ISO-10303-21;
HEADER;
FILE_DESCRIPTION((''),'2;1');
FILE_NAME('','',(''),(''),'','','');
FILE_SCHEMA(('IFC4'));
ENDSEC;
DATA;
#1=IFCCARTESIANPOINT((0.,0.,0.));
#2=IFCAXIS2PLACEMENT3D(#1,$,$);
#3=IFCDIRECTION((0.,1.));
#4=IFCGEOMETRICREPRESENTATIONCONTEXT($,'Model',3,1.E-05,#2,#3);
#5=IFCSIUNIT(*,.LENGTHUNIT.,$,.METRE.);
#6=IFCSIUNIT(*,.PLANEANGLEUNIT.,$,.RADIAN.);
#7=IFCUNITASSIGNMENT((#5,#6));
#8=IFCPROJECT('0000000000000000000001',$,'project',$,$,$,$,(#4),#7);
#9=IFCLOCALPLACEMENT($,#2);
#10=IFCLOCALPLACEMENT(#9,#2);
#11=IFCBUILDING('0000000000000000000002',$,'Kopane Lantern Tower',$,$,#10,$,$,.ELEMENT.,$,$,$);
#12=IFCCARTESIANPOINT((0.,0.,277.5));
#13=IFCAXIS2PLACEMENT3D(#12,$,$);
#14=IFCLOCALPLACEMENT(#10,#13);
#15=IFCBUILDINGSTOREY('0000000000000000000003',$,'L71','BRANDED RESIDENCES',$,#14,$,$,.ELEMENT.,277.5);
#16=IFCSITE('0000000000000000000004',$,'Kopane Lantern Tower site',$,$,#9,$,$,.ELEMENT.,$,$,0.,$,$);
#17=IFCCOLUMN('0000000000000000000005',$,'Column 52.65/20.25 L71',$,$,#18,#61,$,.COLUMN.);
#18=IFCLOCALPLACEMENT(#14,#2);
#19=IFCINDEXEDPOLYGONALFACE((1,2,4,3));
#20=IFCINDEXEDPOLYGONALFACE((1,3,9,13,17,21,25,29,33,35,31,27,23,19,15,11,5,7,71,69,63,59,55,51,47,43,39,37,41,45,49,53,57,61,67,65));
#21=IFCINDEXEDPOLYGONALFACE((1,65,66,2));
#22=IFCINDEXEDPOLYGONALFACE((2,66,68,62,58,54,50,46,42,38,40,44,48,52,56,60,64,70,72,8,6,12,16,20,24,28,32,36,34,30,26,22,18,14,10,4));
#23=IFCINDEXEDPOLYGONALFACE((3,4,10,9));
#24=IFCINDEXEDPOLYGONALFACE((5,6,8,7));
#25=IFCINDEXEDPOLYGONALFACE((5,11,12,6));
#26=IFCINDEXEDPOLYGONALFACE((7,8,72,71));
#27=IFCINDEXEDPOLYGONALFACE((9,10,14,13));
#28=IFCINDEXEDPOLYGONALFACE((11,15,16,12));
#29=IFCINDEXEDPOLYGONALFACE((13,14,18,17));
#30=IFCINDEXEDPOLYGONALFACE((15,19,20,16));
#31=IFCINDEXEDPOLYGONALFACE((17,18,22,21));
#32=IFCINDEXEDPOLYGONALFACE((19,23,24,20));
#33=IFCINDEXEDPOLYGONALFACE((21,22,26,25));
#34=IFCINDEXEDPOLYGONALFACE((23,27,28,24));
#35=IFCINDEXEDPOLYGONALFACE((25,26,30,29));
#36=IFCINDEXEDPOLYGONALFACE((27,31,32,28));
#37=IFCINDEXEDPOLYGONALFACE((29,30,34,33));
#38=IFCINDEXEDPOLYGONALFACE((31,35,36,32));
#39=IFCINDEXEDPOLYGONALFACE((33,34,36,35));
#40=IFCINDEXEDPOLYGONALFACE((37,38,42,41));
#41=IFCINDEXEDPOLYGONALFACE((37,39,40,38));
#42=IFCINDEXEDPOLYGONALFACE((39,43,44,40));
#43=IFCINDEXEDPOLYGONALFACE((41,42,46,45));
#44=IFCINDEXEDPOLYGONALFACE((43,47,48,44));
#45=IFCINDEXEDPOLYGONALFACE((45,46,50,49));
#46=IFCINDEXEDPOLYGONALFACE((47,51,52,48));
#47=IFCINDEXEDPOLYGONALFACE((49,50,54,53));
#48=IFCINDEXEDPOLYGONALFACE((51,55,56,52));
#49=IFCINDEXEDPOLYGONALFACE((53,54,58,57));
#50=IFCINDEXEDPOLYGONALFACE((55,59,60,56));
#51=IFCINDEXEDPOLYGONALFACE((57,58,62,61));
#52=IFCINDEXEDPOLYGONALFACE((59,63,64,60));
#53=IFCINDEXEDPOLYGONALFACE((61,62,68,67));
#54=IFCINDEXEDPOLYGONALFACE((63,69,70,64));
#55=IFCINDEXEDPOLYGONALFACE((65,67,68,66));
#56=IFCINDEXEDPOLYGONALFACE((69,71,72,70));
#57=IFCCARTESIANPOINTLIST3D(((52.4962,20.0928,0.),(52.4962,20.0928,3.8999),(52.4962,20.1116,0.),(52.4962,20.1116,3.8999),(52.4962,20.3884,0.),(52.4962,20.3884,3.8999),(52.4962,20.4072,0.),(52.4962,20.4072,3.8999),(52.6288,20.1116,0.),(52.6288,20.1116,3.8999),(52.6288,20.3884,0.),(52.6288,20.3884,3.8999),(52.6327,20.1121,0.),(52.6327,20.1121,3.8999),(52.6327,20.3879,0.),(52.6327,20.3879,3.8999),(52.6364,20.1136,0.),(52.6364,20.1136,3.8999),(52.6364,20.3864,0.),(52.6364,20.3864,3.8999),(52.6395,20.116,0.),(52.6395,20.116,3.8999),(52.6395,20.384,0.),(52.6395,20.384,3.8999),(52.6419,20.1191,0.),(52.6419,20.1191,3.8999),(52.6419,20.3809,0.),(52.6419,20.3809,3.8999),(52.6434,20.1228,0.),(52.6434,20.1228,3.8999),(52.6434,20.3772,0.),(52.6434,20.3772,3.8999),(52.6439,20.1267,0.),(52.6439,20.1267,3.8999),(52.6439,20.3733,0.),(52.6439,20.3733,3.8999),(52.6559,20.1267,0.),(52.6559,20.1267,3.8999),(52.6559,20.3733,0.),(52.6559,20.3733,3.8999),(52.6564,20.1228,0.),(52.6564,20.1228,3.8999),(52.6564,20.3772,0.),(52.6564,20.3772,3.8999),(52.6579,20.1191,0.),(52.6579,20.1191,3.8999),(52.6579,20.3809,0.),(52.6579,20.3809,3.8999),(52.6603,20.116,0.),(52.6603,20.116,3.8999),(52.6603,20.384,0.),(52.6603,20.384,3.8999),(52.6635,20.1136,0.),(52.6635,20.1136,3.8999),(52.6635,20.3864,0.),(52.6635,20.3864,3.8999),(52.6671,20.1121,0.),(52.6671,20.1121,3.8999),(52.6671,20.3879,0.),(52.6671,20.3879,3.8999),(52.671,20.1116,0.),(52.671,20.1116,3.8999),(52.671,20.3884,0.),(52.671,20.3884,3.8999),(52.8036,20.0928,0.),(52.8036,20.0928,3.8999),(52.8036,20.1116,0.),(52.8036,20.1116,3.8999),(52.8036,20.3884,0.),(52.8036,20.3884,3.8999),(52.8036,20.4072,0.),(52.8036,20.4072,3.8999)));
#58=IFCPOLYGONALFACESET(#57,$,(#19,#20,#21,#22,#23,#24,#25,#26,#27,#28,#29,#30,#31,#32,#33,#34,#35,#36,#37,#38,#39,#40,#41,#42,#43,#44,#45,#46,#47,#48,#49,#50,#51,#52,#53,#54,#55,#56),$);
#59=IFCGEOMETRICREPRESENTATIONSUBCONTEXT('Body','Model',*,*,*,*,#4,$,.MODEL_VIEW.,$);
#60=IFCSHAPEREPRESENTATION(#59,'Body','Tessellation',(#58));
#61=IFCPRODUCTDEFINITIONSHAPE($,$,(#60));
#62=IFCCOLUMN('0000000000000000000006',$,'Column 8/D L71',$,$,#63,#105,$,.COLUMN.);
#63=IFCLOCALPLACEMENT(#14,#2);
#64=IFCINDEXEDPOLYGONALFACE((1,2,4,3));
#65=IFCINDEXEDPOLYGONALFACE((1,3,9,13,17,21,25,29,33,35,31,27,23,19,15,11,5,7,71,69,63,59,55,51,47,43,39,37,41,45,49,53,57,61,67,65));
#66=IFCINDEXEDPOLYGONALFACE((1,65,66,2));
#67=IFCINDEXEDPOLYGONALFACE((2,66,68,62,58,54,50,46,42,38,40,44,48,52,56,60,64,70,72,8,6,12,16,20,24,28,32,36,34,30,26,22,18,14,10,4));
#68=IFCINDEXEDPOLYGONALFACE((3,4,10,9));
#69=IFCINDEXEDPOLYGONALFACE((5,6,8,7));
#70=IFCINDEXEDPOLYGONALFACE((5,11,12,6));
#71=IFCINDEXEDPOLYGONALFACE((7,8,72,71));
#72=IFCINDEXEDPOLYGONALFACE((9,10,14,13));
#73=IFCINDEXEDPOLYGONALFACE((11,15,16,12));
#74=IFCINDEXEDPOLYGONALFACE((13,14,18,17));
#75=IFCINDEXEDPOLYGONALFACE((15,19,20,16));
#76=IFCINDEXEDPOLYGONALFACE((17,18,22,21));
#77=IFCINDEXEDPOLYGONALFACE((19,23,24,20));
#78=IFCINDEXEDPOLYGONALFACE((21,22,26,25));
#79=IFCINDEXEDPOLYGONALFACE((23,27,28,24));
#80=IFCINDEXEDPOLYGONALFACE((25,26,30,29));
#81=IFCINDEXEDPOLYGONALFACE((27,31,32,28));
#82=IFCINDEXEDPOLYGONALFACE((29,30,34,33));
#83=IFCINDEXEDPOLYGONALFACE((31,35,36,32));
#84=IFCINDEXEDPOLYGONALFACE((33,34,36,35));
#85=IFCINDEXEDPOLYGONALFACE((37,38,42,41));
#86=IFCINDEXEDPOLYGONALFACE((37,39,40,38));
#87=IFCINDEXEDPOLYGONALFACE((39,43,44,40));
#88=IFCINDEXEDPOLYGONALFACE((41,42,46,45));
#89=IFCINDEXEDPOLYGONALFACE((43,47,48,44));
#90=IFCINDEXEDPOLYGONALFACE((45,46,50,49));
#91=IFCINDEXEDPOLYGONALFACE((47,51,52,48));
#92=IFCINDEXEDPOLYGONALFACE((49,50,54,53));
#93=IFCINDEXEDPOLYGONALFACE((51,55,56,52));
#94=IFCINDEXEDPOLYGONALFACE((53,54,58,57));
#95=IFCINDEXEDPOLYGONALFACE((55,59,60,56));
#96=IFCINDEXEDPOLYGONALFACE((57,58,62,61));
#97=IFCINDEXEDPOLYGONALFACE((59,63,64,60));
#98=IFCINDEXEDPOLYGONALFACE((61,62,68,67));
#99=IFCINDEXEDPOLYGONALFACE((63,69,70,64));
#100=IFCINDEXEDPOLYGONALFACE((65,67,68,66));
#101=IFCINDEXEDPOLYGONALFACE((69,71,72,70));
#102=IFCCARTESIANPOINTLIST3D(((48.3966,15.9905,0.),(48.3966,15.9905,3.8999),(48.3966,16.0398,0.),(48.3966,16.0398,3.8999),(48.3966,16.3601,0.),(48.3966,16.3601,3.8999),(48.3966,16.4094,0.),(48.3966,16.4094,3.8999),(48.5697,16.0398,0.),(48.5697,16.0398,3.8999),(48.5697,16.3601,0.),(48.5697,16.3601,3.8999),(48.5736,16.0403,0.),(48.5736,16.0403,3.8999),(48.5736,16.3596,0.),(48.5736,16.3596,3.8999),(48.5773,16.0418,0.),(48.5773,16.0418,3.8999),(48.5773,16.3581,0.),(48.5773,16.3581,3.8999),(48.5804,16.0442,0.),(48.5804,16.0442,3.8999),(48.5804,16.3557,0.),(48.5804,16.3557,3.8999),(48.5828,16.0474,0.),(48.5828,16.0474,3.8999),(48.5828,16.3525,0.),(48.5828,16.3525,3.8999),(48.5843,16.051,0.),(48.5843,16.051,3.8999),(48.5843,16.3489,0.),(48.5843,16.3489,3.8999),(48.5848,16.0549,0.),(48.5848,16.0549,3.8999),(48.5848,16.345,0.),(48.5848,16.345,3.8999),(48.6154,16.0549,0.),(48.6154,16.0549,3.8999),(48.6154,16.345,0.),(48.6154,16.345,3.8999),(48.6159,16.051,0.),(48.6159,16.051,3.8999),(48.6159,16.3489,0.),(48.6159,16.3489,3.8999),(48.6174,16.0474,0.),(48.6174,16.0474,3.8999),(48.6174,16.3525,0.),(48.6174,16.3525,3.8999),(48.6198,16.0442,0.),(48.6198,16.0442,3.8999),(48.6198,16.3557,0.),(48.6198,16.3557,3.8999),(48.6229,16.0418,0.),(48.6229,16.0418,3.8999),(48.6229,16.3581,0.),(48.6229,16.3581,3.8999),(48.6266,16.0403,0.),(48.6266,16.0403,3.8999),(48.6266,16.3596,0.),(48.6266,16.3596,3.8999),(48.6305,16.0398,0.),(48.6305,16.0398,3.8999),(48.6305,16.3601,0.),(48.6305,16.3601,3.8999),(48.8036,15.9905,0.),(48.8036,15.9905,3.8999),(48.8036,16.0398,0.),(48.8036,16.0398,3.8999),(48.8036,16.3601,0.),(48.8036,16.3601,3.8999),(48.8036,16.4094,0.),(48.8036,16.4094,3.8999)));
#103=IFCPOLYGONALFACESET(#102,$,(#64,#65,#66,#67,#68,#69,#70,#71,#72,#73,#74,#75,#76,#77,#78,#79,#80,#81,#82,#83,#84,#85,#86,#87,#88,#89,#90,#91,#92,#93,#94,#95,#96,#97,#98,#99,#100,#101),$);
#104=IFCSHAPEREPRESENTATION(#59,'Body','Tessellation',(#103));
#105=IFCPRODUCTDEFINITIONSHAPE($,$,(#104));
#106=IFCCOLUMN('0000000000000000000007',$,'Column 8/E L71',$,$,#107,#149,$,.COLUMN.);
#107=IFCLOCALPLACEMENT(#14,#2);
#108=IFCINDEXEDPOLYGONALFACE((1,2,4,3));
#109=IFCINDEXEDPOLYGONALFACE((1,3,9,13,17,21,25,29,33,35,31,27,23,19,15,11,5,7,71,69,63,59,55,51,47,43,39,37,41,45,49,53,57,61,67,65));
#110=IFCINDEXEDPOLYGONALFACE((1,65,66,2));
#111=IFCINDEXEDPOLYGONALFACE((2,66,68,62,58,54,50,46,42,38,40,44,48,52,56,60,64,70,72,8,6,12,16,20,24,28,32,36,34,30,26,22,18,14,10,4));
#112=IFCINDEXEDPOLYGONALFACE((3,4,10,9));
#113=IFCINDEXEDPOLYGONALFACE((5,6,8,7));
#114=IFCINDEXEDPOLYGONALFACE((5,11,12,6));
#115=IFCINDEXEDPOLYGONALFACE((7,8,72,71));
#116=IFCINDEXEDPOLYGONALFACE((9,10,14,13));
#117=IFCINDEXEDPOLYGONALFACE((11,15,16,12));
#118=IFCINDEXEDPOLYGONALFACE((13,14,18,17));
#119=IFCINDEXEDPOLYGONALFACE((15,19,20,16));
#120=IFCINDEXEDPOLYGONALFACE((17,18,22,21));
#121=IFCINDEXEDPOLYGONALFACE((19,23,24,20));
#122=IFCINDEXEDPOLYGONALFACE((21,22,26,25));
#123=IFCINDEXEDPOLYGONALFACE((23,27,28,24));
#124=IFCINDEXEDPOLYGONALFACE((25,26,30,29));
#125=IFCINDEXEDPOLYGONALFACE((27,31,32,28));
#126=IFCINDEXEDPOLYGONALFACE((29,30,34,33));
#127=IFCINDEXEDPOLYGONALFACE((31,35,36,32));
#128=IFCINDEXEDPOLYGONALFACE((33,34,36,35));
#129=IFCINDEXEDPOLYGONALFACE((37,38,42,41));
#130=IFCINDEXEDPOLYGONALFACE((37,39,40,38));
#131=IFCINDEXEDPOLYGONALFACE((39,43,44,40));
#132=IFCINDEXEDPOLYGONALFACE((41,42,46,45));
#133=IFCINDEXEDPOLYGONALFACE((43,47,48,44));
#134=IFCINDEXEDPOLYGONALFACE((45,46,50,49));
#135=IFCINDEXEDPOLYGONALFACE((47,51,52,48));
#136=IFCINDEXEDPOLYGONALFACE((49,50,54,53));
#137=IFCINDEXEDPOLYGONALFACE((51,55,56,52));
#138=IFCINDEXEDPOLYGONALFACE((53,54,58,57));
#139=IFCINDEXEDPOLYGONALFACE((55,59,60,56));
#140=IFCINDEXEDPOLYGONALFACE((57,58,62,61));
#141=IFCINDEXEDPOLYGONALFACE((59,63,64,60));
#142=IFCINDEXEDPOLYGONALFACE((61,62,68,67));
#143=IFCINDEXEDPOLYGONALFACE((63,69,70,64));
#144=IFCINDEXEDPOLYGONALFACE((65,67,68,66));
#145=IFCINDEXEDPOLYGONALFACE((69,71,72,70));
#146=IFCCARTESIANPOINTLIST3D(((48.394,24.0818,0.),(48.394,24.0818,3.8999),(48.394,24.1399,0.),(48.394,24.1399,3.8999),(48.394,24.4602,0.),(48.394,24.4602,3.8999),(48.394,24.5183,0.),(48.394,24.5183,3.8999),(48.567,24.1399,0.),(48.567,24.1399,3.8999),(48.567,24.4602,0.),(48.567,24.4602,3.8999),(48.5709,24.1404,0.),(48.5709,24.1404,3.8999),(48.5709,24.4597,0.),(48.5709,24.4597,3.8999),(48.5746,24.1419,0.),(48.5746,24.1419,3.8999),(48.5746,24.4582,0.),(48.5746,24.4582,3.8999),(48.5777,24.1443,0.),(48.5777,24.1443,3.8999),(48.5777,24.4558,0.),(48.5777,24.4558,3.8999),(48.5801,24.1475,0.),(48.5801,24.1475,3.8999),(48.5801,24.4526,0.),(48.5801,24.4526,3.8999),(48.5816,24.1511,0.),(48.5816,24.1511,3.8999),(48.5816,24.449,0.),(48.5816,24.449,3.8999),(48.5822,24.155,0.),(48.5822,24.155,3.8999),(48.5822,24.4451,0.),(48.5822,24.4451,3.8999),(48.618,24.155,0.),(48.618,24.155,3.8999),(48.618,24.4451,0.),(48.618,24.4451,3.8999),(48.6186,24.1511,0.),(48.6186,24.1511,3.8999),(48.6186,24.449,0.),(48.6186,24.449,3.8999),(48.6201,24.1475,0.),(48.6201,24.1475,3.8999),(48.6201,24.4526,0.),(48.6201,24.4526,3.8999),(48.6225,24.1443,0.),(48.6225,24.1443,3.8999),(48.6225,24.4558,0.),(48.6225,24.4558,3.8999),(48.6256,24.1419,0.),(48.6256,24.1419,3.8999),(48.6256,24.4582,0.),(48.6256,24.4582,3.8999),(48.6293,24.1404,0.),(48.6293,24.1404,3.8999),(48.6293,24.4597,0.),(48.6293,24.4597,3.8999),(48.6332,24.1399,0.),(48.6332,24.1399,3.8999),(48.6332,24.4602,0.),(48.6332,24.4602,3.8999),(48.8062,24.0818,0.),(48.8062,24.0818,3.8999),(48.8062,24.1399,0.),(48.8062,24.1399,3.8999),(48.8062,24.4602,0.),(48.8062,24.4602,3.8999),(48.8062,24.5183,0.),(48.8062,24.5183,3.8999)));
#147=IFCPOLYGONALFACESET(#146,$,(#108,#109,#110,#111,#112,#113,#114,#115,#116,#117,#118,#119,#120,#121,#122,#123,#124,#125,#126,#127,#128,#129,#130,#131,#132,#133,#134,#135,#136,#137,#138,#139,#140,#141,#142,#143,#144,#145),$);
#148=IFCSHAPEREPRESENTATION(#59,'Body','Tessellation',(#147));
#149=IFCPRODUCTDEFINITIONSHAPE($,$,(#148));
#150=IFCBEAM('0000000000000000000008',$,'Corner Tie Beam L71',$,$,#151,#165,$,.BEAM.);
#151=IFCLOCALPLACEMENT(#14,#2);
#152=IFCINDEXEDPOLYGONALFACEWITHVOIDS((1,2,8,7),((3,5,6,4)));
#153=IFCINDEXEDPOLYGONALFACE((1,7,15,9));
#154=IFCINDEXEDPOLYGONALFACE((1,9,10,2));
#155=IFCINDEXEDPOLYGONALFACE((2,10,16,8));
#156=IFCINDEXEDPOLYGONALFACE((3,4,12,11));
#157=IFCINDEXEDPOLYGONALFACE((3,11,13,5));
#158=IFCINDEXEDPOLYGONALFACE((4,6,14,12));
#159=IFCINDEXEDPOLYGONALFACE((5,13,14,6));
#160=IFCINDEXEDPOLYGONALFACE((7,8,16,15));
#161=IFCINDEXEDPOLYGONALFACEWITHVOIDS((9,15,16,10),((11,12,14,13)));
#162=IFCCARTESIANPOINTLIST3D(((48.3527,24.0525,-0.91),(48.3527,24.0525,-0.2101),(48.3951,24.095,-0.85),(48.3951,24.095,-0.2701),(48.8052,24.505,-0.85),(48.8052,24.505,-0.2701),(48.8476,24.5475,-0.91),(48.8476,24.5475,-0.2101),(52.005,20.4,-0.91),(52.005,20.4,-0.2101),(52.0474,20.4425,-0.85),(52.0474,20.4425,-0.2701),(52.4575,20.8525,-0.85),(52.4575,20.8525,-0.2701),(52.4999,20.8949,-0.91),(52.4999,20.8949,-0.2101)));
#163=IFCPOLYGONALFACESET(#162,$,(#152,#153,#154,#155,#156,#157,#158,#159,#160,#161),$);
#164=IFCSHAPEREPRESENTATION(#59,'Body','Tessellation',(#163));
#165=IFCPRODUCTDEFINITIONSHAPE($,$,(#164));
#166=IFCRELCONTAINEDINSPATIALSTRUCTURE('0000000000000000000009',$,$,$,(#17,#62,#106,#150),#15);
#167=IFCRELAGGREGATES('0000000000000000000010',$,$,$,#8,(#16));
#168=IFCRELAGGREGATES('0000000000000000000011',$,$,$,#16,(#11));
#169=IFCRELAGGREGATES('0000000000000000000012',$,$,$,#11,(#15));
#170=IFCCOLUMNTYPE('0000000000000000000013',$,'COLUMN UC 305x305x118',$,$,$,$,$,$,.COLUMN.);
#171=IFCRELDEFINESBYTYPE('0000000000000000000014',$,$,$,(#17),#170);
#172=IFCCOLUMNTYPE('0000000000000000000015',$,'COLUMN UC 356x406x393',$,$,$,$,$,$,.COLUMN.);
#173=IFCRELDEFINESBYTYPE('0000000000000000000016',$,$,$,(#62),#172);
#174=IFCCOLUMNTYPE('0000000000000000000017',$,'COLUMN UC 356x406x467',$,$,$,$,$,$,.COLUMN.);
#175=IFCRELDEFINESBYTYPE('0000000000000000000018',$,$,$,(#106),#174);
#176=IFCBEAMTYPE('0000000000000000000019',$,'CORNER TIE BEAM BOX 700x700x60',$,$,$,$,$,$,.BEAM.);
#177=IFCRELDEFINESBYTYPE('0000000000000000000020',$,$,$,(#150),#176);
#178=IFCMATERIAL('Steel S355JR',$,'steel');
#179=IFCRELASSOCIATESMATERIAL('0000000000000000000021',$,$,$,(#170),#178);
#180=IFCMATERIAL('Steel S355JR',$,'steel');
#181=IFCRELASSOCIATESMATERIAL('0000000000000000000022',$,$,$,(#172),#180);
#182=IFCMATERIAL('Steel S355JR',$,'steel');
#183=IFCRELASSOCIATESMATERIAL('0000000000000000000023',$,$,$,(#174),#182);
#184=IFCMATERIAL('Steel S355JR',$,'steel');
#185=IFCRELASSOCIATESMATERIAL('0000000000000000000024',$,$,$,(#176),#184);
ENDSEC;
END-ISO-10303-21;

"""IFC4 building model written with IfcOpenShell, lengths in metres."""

from ifc_helpers import new_model, si_unit, direction, frame, origin, origin_2d, place, context, subcontext, project, spatial, hollow_rectangle, i_section, extrude, material, material_profile, profile_set, type_object, element, save


model = new_model("IFC4")

# Units and contexts
model_context = context("Model", 3, precision=1e-05, world=origin(), true_north=direction((0.0, 1.0)))
body_context = subcontext(model_context, "Body", "Model", "MODEL_VIEW")
ifc_project = project(units=[si_unit("LENGTHUNIT", "METRE"), si_unit("PLANEANGLEUNIT", "RADIAN")], contexts=[model_context])

# Site, building, storey
site_placement = place(None, origin())
site = spatial("IfcSite", under=ifc_project, at=site_placement, Name="Kopane Lantern Tower site", CompositionType="ELEMENT", RefElevation=0.0)
building_placement = place(site_placement, origin())
building = spatial("IfcBuilding", under=site, at=building_placement, Name="Kopane Lantern Tower", CompositionType="ELEMENT")
storey_placement = place(building_placement, frame((0.0, 0.0, 277.5)))
storey = spatial("IfcBuildingStorey", under=building, at=storey_placement, Name="L71", Description="BRANDED RESIDENCES", CompositionType="ELEMENT", Elevation=277.5)

# Columns
ifc_material_1 = material(Name="Steel S355JR", Category="steel")
ifc_material_profile_1 = material_profile(ifc_material_1, i_section(OverallWidth=0.3074, OverallDepth=0.3145, WebThickness=0.012, FlangeThickness=0.0188, FilletRadius=0.0151, at=origin_2d()), Name="UC 305x305x118")
ifc_profile_set_1 = profile_set([ifc_material_profile_1], Name="Steel S355JR")
column_type_1 = type_object("IfcColumnType", Name="COLUMN UC 305x305x118", PredefinedType="COLUMN", material=ifc_profile_set_1)
column_1_placement = place(storey_placement, frame((52.6499, 20.25, 0.0), z_axis=(0.0, 0.0, 1.0), x_axis=(1.0, 0.0, 0.0)))
element("IfcColumn", 1, at=column_1_placement, inside=storey, type_object=column_type_1, Name="Column 52.65/20.25 L71", PredefinedType="COLUMN", context=body_context, shape_type="SweptSolid", body=[
    extrude(i_section(OverallWidth=0.3074, OverallDepth=0.3145, WebThickness=0.012, FlangeThickness=0.0188, FilletRadius=0.0151, at=origin_2d()), origin(), (0.0, 0.0, 1.0), 3.8999),
])
ifc_material_2 = material(Name="Steel S355JR", Category="steel")
ifc_material_profile_2 = material_profile(ifc_material_2, i_section(OverallWidth=0.407, OverallDepth=0.4189, WebThickness=0.0305, FlangeThickness=0.0493, FilletRadius=0.0151, at=origin_2d()), Name="UC 356x406x393")
ifc_profile_set_2 = profile_set([ifc_material_profile_2], Name="Steel S355JR")
column_type_2 = type_object("IfcColumnType", Name="COLUMN UC 356x406x393", PredefinedType="COLUMN", material=ifc_profile_set_2)
column_2_placement = place(storey_placement, frame((48.6001, 16.2, 0.0), z_axis=(0.0, 0.0, 1.0), x_axis=(1.0, 0.0, 0.0)))
element("IfcColumn", 2, at=column_2_placement, inside=storey, type_object=column_type_2, Name="Column 8/D L71", PredefinedType="COLUMN", context=body_context, shape_type="SweptSolid", body=[
    extrude(i_section(OverallWidth=0.407, OverallDepth=0.4189, WebThickness=0.0305, FlangeThickness=0.0493, FilletRadius=0.0151, at=origin_2d()), origin(), (0.0, 0.0, 1.0), 3.8999),
])
ifc_material_3 = material(Name="Steel S355JR", Category="steel")
ifc_material_profile_3 = material_profile(ifc_material_3, i_section(OverallWidth=0.4121, OverallDepth=0.4365, WebThickness=0.0359, FlangeThickness=0.0581, FilletRadius=0.0151, at=origin_2d()), Name="UC 356x406x467")
ifc_profile_set_3 = profile_set([ifc_material_profile_3], Name="Steel S355JR")
column_type_3 = type_object("IfcColumnType", Name="COLUMN UC 356x406x467", PredefinedType="COLUMN", material=ifc_profile_set_3)
column_3_placement = place(storey_placement, frame((48.6001, 24.3, 0.0), z_axis=(0.0, 0.0, 1.0), x_axis=(1.0, 0.0, 0.0)))
element("IfcColumn", 3, at=column_3_placement, inside=storey, type_object=column_type_3, Name="Column 8/E L71", PredefinedType="COLUMN", context=body_context, shape_type="SweptSolid", body=[
    extrude(i_section(OverallWidth=0.4121, OverallDepth=0.4365, WebThickness=0.0359, FlangeThickness=0.0581, FilletRadius=0.0151, at=origin_2d()), origin(), (0.0, 0.0, 1.0), 3.8999),
])

# Beam
ifc_material_4 = material(Name="Steel S355JR", Category="steel")
ifc_material_profile_4 = material_profile(ifc_material_4, hollow_rectangle(XDim=0.7, YDim=0.7, WallThickness=0.0601, at=origin_2d()), Name="BOX 700x700x60")
ifc_profile_set_4 = profile_set([ifc_material_profile_4], Name="Steel S355JR")
beam_type_1 = type_object("IfcBeamType", Name="CORNER TIE BEAM BOX 700x700x60", PredefinedType="BEAM", material=ifc_profile_set_4)
beam_1_placement = place(storey_placement, frame((52.2524, 20.6475, -0.5601), z_axis=(-0.707083, 0.70713, 0.0), x_axis=(-0.70713, -0.707083, 0.0)))
element("IfcBeam", 4, at=beam_1_placement, inside=storey, type_object=beam_type_1, Name="Corner Tie Beam L71", PredefinedType="BEAM", context=body_context, shape_type="SweptSolid", body=[
    extrude(hollow_rectangle(XDim=0.7, YDim=0.7, WallThickness=0.0601, at=origin_2d()), origin(), (0.0, 0.0, 1.0), 5.1653),
])

save(model, "model.ifc")
